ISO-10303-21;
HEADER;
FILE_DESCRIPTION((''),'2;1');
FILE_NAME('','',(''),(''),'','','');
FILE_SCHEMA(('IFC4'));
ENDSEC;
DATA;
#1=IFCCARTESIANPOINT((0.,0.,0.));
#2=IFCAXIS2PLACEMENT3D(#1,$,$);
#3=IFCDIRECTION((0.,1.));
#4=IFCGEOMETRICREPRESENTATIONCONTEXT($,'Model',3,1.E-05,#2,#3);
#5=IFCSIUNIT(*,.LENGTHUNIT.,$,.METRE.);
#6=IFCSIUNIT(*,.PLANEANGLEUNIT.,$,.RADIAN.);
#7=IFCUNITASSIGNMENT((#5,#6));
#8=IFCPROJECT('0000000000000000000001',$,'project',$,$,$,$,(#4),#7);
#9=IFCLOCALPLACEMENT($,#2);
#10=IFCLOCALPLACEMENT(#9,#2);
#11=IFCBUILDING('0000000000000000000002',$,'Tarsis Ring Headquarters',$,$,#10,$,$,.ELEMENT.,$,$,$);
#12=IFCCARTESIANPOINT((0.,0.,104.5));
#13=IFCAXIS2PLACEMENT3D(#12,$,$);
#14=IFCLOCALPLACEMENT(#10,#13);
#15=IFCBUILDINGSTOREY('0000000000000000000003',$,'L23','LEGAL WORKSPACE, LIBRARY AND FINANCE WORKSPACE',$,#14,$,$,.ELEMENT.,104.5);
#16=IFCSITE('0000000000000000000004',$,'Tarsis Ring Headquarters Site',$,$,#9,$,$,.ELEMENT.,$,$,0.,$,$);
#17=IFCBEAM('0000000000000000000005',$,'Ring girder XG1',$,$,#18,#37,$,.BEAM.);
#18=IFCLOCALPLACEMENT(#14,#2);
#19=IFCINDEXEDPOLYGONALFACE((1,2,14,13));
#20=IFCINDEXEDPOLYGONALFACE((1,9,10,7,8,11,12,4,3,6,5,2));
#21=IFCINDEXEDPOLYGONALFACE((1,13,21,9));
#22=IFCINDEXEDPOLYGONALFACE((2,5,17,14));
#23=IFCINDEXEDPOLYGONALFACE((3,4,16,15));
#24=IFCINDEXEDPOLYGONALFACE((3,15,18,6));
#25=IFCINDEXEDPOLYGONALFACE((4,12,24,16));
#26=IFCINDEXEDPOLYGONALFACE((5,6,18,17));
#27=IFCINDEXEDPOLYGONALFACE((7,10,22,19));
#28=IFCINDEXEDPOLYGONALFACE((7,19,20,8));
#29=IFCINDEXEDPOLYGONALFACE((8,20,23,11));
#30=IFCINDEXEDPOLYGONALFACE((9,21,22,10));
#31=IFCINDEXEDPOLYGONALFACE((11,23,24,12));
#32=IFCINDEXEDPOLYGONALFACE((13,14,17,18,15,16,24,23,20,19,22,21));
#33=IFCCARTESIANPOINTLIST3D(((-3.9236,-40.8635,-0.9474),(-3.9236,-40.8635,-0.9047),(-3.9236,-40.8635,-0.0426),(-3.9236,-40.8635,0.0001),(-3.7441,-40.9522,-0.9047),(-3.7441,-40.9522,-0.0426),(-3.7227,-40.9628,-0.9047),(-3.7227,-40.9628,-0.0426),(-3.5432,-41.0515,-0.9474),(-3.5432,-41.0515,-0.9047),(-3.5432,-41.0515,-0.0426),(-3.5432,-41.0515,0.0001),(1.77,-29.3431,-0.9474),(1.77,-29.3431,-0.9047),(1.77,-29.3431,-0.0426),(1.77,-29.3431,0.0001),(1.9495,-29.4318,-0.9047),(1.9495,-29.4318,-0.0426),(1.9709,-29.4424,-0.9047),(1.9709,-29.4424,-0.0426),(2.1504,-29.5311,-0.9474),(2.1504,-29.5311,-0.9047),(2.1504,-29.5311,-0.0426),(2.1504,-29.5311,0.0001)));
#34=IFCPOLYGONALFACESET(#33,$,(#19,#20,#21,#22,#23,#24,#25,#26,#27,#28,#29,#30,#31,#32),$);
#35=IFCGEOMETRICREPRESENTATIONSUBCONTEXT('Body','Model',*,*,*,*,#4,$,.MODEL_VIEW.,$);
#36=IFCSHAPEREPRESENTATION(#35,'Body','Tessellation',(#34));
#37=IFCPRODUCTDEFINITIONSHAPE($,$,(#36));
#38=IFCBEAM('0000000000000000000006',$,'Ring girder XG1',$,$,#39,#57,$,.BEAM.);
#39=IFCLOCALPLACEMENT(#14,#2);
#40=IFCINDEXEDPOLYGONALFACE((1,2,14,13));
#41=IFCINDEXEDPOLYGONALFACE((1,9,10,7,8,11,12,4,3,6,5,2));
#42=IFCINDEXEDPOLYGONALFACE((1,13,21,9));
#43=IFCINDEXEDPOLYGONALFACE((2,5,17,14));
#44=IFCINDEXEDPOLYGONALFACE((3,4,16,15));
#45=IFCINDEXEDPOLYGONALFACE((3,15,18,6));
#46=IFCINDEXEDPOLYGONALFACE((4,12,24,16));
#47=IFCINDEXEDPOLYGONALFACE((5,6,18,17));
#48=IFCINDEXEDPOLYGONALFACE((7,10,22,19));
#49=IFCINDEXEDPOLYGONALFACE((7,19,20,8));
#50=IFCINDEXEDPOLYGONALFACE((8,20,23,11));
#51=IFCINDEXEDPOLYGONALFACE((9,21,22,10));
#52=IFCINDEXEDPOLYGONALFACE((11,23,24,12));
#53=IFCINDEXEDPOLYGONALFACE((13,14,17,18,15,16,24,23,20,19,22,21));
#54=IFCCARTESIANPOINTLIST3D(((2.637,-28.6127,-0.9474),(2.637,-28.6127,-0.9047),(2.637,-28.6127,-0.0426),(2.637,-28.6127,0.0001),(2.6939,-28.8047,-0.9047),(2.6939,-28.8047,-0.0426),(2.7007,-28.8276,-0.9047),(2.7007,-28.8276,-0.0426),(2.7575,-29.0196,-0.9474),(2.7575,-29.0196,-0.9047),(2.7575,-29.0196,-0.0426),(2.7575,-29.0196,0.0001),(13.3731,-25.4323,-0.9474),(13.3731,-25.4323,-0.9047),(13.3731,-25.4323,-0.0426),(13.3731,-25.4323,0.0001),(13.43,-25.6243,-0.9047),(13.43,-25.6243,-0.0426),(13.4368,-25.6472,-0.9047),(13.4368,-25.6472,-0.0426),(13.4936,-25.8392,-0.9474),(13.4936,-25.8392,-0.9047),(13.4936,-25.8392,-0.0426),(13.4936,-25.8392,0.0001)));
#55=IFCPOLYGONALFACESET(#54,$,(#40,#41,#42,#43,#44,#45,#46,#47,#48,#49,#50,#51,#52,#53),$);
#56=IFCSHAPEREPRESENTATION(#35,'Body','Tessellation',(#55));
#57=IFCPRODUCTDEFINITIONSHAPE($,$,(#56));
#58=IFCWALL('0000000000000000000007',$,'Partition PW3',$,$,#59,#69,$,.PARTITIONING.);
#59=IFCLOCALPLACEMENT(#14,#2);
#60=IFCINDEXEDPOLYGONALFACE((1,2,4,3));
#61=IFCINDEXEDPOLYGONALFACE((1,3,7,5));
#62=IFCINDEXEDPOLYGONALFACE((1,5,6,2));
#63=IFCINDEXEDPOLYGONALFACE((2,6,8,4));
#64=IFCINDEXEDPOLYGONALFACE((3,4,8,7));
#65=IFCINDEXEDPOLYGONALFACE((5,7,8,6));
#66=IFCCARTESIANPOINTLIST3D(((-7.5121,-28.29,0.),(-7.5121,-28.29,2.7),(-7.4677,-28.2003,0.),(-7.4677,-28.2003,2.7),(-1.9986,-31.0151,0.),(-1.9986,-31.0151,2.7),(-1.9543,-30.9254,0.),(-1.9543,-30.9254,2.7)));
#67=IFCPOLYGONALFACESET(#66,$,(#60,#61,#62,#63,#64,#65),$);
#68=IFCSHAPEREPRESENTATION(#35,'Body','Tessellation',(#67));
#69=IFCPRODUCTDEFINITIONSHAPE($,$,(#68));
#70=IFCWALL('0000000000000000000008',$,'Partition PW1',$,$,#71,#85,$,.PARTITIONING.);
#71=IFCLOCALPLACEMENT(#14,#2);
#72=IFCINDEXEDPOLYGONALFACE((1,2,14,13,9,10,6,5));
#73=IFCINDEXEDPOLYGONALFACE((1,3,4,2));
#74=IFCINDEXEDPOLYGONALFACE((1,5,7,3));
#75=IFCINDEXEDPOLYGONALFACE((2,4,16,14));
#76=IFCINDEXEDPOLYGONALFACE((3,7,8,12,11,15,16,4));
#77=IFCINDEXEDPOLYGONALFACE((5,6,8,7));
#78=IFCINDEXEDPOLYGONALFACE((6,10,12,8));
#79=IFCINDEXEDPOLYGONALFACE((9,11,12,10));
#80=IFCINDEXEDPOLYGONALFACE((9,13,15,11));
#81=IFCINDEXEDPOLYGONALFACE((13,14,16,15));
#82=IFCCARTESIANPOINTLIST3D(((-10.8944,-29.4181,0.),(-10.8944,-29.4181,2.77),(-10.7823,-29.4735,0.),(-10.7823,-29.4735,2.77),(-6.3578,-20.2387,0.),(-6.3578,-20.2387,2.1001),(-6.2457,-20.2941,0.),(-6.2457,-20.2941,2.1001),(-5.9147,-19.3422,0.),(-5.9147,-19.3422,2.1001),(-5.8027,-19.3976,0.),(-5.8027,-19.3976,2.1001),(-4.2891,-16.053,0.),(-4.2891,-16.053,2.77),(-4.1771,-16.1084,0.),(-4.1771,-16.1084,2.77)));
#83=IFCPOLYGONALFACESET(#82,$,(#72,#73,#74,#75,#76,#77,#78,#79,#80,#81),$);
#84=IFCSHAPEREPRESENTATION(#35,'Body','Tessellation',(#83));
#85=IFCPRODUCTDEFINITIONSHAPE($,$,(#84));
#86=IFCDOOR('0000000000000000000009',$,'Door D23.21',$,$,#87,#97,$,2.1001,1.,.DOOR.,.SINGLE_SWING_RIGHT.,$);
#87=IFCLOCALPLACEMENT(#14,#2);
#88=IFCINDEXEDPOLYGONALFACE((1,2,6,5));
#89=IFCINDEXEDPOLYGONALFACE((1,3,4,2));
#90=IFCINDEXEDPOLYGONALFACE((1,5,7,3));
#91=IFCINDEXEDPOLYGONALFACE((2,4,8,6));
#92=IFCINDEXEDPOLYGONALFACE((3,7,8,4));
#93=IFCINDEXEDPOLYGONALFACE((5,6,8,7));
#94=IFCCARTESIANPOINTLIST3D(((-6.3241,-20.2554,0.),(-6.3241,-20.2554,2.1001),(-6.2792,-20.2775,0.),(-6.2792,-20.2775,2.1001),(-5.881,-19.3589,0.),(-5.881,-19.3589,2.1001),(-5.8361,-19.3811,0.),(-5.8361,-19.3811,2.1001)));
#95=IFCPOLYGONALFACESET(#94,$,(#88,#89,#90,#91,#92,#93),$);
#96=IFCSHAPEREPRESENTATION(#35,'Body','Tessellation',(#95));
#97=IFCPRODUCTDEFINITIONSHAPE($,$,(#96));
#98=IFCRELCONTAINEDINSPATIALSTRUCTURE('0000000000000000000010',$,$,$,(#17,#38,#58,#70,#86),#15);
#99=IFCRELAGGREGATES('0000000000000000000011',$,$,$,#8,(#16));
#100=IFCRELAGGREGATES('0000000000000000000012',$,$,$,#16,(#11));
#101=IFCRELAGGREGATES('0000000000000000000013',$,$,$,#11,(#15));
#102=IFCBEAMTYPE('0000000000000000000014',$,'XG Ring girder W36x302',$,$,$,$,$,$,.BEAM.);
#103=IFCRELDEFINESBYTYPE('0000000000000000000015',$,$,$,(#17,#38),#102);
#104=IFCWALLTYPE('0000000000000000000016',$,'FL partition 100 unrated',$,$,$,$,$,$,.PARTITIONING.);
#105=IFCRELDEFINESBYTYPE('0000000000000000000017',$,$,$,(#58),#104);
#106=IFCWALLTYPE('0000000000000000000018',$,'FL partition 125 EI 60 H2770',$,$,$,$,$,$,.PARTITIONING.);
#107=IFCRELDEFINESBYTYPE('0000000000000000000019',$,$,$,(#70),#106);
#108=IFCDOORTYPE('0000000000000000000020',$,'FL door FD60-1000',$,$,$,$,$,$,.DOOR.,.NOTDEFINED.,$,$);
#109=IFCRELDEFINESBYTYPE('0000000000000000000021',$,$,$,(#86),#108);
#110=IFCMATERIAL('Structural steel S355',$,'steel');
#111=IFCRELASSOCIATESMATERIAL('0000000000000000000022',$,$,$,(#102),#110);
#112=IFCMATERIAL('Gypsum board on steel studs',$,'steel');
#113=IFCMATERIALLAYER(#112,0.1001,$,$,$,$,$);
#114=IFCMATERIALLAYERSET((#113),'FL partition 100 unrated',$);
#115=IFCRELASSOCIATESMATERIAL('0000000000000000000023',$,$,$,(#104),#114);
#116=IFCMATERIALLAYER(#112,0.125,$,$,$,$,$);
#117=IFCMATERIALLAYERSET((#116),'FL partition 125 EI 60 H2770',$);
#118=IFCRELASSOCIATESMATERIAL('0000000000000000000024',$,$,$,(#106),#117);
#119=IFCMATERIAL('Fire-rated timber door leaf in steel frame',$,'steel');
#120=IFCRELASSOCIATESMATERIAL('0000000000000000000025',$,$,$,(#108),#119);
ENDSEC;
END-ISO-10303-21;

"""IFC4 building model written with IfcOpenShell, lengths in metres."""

from ifc_helpers import new_model, si_unit, direction, frame, frame_2d, origin, origin_2d, place, context, subcontext, project, spatial, rectangle, i_section, extrude, material, layer, layer_set, material_profile, profile_set, type_object, element, fill, save


model = new_model("IFC4")

# Units and contexts
model_context = context("Model", 3, precision=1e-05, world=origin(), true_north=direction((0.0, 1.0)))
body_context = subcontext(model_context, "Body", "Model", "MODEL_VIEW")
ifc_project = project(units=[si_unit("LENGTHUNIT", "METRE"), si_unit("PLANEANGLEUNIT", "RADIAN")], contexts=[model_context])

# Site, building, storey
site_placement = place(None, origin())
site = spatial("IfcSite", under=ifc_project, at=site_placement, Name="Tarsis Ring Headquarters Site", CompositionType="ELEMENT", RefElevation=0.0)
building_placement = place(site_placement, origin())
building = spatial("IfcBuilding", under=site, at=building_placement, Name="Tarsis Ring Headquarters", CompositionType="ELEMENT")
storey_placement = place(building_placement, frame((0.0, 0.0, 104.5)))
storey = spatial("IfcBuildingStorey", under=building, at=storey_placement, Name="L23", Description="LEGAL WORKSPACE, LIBRARY AND FINANCE WORKSPACE", CompositionType="ELEMENT", Elevation=104.5)

# Shared definitions
ifc_material_1 = material(Name="Structural steel S355", Category="steel")

# Beams
ifc_material_profile_1 = material_profile(ifc_material_1, i_section(OverallWidth=0.4243, OverallDepth=0.9475, WebThickness=0.0239, FlangeThickness=0.0427, at=origin_2d()), Name="W36x302")
ifc_profile_set_1 = profile_set([ifc_material_profile_1], Name="Structural steel S355")
beam_type = type_object("IfcBeamType", Name="XG Ring girder W36x302", PredefinedType="BEAM", material=ifc_profile_set_1)
beam_1_placement = place(storey_placement, frame((-3.7334, -40.9575, -0.4736), z_axis=(0.44306, 0.896492, 0.0), x_axis=(-0.896492, 0.44306, 0.0)))
element("IfcBeam", 1, at=beam_1_placement, inside=storey, type_object=beam_type, Name="Ring girder XG1", PredefinedType="BEAM", context=body_context, shape_type="SweptSolid", body=[
    extrude(i_section(OverallWidth=0.4243, OverallDepth=0.9475, WebThickness=0.0239, FlangeThickness=0.0427, at=origin_2d()), origin(), (0.0, 0.0, 1.0), 12.8506),
])
beam_2_placement = place(storey_placement, frame((2.6973, -28.8162, -0.4736), z_axis=(0.958814, 0.284036, 0.0), x_axis=(-0.284036, 0.958814, 0.0)))
element("IfcBeam", 2, at=beam_2_placement, inside=storey, type_object=beam_type, Name="Ring girder XG1", PredefinedType="BEAM", context=body_context, shape_type="SweptSolid", body=[
    extrude(i_section(OverallWidth=0.4243, OverallDepth=0.9475, WebThickness=0.0239, FlangeThickness=0.0427, at=origin_2d()), origin(), (0.0, 0.0, 1.0), 11.1973),
])

# Wall
ifc_material_2 = material(Name="Gypsum board on steel studs", Category="steel")
ifc_layer_1 = layer(ifc_material_2, 0.1001)
ifc_layer_set_1 = layer_set([ifc_layer_1], Name="FL partition 100 unrated")
wall_type_1 = type_object("IfcWallType", Name="FL partition 100 unrated", PredefinedType="PARTITIONING", material=ifc_layer_set_1)
wall_1_placement = place(storey_placement, frame((-7.49, -28.2451, 0.0), z_axis=(0.0, 0.0, 1.0), x_axis=(0.896474, -0.443096, 0.0)))
element("IfcWall", 3, at=wall_1_placement, inside=storey, type_object=wall_type_1, Name="Partition PW3", PredefinedType="PARTITIONING", context=body_context, shape_type="SweptSolid", body=[
    extrude(rectangle(XDim=6.1501, YDim=0.1001, at=frame_2d((3.0752, 0.0))), origin(), (0.0, 0.0, 1.0), 2.7),
])

# Wall, opening, door
ifc_layer_2 = layer(ifc_material_2, 0.125)
ifc_layer_set_2 = layer_set([ifc_layer_2], Name="FL partition 125 EI 60 H2770")
wall_type_2 = type_object("IfcWallType", Name="FL partition 125 EI 60 H2770", PredefinedType="PARTITIONING", material=ifc_layer_set_2)
wall_2_placement = place(storey_placement, frame((-10.8384, -29.4458, 0.0), z_axis=(0.0, 0.0, 1.0), x_axis=(0.443062, 0.896491, 0.0)))
wall_2 = element("IfcWall", 4, at=wall_2_placement, inside=storey, type_object=wall_type_2, Name="Partition PW1", PredefinedType="PARTITIONING", context=body_context, shape_type="SweptSolid", body=[
    extrude(rectangle(XDim=14.9082, YDim=0.125, at=frame_2d((7.4541, 0.0))), origin(), (0.0, 0.0, 1.0), 2.77),
])
opening_1_placement = place(wall_2_placement, frame((10.2393, 0.0, 0.0)))
opening_1 = element("IfcOpeningElement", 5, at=opening_1_placement, cuts=wall_2, PredefinedType="OPENING", context=body_context, shape_type="SweptSolid", body=[
    extrude(rectangle(XDim=1.0, YDim=2.1001, at=frame_2d((0.5, 1.05))), frame((0.0, 0.0725, 0.0), z_axis=(0.0, -1.0, 0.0), x_axis=(1.0, 0.0, 0.0)), (0.0, 0.0, 1.0), 0.145),
])
ifc_material_3 = material(Name="Fire-rated timber door leaf in steel frame", Category="steel")
door_type = type_object("IfcDoorType", Name="FL door FD60-1000", OperationType="NOTDEFINED", PredefinedType="DOOR", material=ifc_material_3)
door_placement = place(opening_1_placement, origin())
door = element("IfcDoor", 6, at=door_placement, inside=storey, type_object=door_type, Name="Door D23.21", OperationType="SINGLE_SWING_RIGHT", OverallHeight=2.1001, OverallWidth=1.0, PredefinedType="DOOR", context=body_context, shape_type="SweptSolid", body=[
    extrude(rectangle(XDim=1.0, YDim=2.1001, at=frame_2d((0.5, 1.05))), frame((0.0, 0.0249, 0.0), z_axis=(0.0, -1.0, 0.0), x_axis=(1.0, 0.0, 0.0)), (0.0, 0.0, 1.0), 0.05),
])
fill(opening_1, door)

save(model, "model.ifc")
